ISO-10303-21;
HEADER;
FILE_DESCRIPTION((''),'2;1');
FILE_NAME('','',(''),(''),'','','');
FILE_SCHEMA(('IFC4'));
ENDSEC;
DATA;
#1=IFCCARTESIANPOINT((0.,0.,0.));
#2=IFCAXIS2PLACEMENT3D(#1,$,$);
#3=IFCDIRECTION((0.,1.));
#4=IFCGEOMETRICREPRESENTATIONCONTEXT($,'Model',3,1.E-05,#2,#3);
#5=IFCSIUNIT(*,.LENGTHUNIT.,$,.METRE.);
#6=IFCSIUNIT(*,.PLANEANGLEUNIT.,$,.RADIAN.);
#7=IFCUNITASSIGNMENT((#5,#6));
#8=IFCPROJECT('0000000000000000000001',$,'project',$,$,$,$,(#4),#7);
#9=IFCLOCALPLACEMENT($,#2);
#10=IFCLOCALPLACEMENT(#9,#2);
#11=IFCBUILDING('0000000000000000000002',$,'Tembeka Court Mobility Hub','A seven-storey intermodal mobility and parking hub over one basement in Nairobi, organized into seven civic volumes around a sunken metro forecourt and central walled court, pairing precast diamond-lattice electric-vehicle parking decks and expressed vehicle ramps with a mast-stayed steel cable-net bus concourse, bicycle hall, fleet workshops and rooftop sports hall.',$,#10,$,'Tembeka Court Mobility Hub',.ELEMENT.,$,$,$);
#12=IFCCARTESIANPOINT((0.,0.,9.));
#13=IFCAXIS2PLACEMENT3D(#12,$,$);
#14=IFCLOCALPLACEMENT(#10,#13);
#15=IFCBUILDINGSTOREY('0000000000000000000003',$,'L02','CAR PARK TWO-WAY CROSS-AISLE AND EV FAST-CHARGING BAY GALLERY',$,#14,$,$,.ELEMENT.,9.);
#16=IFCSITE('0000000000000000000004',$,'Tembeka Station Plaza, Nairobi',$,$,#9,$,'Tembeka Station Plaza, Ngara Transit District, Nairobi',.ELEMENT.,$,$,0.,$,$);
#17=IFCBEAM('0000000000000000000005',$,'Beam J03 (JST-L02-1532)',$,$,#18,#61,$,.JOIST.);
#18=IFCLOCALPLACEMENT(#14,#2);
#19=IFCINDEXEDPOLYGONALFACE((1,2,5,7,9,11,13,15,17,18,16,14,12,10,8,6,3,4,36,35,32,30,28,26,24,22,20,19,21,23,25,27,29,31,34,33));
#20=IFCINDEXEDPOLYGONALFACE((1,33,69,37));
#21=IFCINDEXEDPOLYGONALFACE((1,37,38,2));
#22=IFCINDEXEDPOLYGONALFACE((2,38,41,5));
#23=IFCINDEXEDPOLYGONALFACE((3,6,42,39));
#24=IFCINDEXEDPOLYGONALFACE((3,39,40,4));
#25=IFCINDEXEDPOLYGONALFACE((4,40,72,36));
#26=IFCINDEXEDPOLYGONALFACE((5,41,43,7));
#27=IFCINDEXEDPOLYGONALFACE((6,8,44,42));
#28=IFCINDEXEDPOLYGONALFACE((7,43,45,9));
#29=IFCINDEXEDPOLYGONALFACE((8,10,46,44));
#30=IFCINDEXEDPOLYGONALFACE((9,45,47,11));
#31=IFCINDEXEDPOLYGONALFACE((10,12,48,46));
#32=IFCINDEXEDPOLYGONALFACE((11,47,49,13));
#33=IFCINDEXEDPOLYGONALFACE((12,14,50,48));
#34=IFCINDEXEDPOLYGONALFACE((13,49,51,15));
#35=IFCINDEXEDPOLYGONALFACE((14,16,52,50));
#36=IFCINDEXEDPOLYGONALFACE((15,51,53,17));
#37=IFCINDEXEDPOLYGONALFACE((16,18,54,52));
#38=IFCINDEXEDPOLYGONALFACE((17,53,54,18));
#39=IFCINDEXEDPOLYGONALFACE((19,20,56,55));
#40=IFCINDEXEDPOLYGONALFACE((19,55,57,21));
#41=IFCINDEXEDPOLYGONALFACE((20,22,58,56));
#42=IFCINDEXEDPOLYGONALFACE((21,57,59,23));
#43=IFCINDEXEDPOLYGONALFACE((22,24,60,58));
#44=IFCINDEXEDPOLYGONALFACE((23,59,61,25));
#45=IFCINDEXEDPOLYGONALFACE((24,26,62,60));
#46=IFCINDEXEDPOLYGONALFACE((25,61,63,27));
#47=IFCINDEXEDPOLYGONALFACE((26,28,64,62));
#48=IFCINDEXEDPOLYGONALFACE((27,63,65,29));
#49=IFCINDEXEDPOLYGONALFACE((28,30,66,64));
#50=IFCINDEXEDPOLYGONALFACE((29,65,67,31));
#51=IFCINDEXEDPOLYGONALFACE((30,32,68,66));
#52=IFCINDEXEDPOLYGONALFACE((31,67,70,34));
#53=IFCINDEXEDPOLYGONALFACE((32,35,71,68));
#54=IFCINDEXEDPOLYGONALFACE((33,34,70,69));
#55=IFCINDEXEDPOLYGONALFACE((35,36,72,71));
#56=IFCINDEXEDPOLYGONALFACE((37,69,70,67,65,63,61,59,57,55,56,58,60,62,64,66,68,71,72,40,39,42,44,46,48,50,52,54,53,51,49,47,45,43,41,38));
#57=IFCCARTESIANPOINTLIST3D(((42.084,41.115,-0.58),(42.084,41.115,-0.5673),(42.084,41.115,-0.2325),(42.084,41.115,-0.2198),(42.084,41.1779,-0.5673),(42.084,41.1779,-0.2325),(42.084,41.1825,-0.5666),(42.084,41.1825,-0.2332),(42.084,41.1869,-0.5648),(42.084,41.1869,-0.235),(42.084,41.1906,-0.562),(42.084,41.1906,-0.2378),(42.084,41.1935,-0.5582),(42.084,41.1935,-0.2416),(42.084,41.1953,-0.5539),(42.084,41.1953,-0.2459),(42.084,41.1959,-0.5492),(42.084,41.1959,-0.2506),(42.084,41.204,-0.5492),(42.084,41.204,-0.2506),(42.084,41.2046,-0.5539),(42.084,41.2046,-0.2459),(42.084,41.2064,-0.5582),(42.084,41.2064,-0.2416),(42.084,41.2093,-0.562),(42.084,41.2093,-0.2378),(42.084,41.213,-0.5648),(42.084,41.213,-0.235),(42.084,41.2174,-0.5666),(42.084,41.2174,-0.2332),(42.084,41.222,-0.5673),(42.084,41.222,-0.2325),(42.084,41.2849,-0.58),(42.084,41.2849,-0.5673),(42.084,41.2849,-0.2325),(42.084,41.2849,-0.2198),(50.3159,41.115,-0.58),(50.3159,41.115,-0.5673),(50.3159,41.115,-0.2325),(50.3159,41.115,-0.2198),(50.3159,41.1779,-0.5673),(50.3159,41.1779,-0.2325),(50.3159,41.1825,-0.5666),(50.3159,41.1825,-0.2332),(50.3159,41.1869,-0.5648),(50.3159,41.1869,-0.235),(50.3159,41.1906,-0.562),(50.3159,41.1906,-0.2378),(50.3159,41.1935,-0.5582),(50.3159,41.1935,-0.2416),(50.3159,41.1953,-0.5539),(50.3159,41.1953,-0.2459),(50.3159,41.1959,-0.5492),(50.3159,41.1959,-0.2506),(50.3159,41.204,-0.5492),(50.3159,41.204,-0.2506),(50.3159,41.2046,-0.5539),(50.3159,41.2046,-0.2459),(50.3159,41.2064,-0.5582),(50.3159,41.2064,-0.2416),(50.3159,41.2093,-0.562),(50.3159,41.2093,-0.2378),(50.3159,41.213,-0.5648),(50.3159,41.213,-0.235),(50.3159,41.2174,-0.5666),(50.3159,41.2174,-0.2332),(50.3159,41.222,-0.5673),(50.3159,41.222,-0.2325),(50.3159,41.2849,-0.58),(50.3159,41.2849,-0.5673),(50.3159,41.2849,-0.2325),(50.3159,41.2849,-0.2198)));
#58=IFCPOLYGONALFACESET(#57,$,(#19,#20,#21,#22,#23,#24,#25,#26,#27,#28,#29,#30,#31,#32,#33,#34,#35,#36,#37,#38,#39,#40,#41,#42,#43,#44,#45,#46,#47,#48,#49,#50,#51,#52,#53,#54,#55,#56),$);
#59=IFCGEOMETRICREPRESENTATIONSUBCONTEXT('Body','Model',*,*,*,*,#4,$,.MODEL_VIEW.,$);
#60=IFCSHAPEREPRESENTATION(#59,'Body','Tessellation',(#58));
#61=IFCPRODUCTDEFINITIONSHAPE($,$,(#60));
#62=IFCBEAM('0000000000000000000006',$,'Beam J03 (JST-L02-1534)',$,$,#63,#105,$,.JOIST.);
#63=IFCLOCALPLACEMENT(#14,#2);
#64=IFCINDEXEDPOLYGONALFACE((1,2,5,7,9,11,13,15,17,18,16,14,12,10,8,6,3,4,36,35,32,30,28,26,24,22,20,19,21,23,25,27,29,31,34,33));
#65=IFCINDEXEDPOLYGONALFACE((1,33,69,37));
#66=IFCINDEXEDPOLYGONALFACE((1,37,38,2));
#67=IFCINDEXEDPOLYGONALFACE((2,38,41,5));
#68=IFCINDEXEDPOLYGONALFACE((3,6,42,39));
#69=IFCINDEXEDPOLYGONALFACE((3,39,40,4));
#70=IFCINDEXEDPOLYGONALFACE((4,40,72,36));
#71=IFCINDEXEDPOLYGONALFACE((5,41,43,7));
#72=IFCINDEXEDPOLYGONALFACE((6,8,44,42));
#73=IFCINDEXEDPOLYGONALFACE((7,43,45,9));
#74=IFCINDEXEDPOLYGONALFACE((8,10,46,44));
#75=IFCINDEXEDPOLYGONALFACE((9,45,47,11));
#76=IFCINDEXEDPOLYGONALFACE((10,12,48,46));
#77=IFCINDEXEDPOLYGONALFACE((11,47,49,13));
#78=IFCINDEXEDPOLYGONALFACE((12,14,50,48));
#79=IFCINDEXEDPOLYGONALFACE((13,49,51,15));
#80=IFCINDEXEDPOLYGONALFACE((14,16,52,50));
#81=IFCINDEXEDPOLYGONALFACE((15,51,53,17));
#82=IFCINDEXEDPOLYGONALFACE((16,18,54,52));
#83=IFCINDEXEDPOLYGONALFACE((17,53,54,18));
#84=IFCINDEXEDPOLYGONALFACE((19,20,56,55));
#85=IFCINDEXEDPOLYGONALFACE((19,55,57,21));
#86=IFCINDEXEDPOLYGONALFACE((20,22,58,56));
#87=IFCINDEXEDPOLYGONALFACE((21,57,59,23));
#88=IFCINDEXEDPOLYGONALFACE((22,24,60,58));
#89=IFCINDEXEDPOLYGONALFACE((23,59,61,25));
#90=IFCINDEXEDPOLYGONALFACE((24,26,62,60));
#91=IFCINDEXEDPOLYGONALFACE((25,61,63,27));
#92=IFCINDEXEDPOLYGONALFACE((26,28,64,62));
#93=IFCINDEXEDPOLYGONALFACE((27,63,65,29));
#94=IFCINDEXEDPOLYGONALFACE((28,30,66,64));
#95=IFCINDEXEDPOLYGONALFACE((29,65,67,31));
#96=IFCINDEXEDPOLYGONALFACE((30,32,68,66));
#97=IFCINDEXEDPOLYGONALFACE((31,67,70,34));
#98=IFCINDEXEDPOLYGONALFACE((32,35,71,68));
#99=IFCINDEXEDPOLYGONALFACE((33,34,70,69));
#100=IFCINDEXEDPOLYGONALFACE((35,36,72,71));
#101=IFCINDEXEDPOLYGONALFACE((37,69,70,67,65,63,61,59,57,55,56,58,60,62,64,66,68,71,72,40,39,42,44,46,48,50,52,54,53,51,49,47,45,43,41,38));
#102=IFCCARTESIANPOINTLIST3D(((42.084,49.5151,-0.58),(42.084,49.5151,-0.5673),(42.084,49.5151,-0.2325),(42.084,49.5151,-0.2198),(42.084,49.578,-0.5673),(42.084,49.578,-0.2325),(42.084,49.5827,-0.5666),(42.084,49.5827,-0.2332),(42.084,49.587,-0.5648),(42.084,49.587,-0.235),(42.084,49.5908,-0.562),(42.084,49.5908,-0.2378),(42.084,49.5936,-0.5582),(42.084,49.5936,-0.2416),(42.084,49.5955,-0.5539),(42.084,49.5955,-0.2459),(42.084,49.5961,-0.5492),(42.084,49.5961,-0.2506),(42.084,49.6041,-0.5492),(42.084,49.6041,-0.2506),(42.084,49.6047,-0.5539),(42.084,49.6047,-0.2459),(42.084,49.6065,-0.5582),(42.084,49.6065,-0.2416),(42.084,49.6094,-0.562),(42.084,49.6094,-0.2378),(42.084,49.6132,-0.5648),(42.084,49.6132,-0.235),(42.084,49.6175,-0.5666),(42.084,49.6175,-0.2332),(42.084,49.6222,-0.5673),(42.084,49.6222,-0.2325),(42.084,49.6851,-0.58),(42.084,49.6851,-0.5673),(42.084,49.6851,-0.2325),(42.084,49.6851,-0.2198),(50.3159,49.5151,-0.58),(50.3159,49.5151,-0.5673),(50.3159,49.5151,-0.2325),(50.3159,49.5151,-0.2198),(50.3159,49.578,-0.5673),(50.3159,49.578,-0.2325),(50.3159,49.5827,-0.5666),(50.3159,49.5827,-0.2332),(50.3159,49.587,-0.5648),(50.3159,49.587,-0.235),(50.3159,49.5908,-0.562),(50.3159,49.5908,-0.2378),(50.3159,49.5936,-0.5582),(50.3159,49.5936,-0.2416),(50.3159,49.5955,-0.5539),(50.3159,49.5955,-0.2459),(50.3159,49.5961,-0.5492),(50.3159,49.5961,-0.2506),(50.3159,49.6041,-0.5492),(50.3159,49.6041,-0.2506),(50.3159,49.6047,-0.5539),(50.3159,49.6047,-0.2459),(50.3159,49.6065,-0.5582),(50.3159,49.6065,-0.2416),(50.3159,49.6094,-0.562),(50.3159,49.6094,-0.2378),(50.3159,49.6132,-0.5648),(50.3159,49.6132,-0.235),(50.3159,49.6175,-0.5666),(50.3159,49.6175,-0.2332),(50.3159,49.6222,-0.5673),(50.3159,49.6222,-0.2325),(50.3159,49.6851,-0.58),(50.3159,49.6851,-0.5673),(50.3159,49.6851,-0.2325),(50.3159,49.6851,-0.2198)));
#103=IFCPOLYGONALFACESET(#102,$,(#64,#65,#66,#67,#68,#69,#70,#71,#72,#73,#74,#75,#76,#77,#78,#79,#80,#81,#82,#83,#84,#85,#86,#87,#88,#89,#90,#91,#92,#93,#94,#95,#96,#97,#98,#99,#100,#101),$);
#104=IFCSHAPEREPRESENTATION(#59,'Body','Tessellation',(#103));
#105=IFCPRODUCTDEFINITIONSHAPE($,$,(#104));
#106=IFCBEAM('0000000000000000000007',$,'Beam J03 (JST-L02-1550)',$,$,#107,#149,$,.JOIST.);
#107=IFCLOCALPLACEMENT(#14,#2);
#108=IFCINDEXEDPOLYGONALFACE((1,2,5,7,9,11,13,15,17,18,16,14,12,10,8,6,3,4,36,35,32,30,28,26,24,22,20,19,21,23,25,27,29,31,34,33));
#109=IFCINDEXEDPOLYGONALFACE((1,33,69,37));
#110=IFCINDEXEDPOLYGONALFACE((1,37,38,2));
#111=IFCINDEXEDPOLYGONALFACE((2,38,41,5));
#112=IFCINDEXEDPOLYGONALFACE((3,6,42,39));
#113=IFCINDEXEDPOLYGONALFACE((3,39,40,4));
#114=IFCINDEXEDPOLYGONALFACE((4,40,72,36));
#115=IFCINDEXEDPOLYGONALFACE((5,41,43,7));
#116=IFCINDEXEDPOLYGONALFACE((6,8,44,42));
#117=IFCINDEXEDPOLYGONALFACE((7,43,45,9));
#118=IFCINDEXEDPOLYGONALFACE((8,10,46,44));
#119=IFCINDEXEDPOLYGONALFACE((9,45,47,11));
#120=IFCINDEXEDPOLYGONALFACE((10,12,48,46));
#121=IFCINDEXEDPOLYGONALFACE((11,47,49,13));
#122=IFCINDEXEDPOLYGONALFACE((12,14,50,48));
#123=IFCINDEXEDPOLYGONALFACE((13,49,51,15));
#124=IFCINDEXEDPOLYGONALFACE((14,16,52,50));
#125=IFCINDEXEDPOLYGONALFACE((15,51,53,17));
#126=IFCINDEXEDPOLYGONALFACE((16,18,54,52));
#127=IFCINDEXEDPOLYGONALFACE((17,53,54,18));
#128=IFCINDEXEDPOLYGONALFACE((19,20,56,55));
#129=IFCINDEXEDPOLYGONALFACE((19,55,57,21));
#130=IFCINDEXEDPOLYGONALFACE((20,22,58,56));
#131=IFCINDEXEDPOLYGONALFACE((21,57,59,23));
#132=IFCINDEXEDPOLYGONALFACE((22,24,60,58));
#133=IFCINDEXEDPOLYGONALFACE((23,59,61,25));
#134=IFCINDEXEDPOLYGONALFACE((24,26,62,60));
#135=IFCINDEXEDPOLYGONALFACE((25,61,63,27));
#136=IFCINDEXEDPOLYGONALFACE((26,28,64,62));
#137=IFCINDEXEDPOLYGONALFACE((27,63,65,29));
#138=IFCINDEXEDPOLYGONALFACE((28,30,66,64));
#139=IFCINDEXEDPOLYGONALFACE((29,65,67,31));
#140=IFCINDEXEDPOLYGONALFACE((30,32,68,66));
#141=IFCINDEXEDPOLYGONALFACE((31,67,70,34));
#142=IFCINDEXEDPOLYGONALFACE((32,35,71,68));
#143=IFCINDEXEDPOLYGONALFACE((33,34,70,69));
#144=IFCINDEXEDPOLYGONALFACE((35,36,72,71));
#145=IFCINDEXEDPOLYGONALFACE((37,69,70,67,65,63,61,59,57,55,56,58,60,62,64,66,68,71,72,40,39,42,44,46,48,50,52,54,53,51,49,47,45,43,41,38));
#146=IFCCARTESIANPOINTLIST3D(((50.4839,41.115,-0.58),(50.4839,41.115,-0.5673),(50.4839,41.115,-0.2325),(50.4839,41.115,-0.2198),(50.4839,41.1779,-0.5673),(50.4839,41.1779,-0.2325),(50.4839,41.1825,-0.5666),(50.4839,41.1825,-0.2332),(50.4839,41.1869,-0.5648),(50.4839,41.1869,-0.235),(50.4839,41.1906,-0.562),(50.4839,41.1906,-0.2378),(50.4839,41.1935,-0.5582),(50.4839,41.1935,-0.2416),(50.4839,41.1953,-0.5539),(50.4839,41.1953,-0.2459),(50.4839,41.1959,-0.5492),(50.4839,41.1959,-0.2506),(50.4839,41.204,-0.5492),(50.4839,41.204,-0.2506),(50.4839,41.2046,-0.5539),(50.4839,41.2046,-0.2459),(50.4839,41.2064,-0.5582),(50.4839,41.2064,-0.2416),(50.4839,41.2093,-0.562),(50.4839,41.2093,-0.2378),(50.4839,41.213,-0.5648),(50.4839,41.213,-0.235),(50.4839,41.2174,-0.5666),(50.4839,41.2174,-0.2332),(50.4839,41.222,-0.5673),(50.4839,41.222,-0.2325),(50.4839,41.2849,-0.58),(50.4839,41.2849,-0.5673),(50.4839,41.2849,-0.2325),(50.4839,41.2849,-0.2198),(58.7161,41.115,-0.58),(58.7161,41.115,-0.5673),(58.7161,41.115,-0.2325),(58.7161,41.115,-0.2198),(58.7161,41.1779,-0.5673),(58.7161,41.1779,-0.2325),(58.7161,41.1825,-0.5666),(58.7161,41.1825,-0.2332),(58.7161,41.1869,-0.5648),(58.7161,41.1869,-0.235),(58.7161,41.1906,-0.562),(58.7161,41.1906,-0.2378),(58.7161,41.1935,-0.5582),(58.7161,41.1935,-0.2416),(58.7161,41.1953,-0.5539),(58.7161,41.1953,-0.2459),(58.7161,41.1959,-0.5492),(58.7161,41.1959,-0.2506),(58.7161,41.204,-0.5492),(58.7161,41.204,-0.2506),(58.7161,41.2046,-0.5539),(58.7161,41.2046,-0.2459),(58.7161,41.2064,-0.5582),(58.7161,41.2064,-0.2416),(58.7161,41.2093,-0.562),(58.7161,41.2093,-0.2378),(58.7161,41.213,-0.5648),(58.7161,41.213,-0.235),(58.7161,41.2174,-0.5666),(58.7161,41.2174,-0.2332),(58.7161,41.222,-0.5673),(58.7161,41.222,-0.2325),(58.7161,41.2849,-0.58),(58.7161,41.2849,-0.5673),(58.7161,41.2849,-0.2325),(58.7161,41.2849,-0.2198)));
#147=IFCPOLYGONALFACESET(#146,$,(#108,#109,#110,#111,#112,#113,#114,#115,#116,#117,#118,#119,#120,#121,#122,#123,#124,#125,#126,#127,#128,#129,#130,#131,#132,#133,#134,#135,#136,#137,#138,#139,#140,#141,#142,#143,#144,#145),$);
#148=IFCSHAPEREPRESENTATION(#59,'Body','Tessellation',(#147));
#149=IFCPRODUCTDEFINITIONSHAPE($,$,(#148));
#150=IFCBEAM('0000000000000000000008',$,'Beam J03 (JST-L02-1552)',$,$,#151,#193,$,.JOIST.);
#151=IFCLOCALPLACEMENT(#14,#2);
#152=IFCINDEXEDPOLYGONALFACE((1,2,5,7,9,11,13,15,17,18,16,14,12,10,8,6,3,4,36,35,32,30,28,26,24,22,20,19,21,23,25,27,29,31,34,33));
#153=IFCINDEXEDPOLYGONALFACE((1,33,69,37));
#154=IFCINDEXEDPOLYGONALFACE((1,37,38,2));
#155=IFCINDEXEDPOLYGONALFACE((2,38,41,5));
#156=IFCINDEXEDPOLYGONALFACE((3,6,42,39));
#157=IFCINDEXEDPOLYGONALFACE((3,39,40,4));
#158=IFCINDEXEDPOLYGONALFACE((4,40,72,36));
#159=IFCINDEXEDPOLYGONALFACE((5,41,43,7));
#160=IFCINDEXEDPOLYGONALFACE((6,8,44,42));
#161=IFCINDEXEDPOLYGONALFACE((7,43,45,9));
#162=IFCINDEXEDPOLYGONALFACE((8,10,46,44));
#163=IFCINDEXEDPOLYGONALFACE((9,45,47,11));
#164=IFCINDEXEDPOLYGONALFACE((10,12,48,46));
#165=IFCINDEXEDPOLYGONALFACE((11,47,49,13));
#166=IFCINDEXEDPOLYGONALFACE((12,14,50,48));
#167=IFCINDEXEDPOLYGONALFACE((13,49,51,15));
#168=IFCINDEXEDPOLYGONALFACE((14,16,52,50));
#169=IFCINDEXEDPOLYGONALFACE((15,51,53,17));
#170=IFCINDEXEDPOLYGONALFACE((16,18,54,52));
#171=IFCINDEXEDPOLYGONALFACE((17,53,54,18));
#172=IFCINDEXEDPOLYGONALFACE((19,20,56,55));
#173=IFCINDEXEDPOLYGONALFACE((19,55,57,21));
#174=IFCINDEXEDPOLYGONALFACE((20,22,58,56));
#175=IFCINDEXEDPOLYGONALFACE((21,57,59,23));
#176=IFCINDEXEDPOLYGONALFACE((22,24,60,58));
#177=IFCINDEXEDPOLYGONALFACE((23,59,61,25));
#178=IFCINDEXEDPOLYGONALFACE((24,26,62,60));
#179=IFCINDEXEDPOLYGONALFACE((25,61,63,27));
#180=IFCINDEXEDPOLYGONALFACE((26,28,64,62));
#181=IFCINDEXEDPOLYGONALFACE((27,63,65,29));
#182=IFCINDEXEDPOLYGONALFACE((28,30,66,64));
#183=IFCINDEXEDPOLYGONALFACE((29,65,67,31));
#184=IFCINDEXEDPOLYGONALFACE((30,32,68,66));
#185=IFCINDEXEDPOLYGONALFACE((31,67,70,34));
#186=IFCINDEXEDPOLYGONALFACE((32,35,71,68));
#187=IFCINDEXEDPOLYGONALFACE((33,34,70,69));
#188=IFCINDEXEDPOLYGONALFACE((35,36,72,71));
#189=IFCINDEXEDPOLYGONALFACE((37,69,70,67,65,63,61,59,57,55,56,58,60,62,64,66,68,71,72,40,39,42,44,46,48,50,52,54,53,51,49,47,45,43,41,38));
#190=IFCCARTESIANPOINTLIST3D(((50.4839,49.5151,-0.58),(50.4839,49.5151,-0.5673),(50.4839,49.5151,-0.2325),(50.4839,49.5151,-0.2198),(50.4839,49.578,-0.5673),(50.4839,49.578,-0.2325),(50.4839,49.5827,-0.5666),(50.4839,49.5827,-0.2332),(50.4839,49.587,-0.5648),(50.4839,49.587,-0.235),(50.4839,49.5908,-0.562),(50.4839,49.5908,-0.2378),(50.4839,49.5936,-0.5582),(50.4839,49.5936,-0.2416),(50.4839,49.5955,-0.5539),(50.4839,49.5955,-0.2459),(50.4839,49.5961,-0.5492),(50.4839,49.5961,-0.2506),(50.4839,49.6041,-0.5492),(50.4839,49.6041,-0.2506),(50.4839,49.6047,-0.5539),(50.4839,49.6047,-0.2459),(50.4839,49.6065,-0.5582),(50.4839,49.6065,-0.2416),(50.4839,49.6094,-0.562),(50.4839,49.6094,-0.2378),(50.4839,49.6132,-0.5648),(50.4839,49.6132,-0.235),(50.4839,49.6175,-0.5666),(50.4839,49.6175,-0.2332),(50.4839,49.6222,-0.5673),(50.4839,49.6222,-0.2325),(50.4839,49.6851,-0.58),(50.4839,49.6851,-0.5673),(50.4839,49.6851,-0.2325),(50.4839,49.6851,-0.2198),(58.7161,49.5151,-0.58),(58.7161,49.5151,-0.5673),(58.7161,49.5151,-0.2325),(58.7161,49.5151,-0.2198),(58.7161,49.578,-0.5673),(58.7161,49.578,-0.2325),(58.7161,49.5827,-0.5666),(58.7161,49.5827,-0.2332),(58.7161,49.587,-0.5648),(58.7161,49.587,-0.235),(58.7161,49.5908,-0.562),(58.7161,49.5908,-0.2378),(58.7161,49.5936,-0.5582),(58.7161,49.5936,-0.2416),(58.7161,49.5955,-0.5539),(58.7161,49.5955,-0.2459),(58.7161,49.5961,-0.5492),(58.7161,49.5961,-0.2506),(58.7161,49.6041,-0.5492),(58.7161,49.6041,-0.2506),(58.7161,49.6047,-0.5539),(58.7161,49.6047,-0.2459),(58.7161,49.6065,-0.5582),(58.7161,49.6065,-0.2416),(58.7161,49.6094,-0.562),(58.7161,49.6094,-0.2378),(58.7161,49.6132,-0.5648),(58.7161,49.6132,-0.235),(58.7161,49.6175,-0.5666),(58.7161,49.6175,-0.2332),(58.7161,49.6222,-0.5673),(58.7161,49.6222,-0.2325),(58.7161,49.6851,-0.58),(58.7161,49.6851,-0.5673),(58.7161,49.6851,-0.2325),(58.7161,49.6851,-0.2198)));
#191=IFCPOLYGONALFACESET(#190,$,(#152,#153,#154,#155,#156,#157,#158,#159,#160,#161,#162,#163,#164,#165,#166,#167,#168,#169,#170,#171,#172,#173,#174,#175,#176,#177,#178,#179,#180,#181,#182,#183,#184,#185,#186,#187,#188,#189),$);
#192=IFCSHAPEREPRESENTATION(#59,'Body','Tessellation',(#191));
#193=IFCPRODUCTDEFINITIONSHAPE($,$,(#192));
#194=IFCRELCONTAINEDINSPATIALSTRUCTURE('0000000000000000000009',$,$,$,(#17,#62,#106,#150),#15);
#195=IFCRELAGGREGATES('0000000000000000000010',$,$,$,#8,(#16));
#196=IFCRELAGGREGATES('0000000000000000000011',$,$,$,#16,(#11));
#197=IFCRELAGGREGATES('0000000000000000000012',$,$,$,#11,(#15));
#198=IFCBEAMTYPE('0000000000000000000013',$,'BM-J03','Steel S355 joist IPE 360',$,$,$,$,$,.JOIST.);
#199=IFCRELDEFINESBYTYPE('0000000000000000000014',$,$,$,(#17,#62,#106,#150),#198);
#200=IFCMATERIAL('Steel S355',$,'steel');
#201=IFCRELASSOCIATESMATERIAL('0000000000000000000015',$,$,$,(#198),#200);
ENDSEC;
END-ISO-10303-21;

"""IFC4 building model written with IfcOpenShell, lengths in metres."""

from ifc_helpers import new_model, si_unit, direction, frame, origin, origin_2d, place, context, subcontext, project, spatial, i_section, extrude, material, material_profile, profile_set, type_object, element, save


model = new_model("IFC4")

# Units and contexts
model_context = context("Model", 3, precision=1e-05, world=origin(), true_north=direction((0.0, 1.0)))
body_context = subcontext(model_context, "Body", "Model", "MODEL_VIEW")
ifc_project = project(units=[si_unit("LENGTHUNIT", "METRE"), si_unit("PLANEANGLEUNIT", "RADIAN")], contexts=[model_context])

# Site, building, storey
site_placement = place(None, origin())
site = spatial("IfcSite", under=ifc_project, at=site_placement, Name="Tembeka Station Plaza, Nairobi", LongName="Tembeka Station Plaza, Ngara Transit District, Nairobi", CompositionType="ELEMENT", RefElevation=0.0)
building_placement = place(site_placement, origin())
building = spatial("IfcBuilding", under=site, at=building_placement, Name="Tembeka Court Mobility Hub", Description="A seven-storey intermodal mobility and parking hub over one basement in Nairobi, organized into seven civic volumes around a sunken metro forecourt and central walled court, pairing precast diamond-lattice electric-vehicle parking decks and expressed vehicle ramps with a mast-stayed steel cable-net bus concourse, bicycle hall, fleet workshops and rooftop sports hall.", LongName="Tembeka Court Mobility Hub", CompositionType="ELEMENT")
storey_placement = place(building_placement, frame((0.0, 0.0, 9.0)))
storey = spatial("IfcBuildingStorey", under=building, at=storey_placement, Name="L02", Description="CAR PARK TWO-WAY CROSS-AISLE AND EV FAST-CHARGING BAY GALLERY", CompositionType="ELEMENT", Elevation=9.0)

# Shared definitions
ifc_material_1 = material(Name="Steel S355", Category="steel")

# Beams
ifc_material_profile_1 = material_profile(ifc_material_1, i_section(OverallWidth=0.1699, OverallDepth=0.3601, WebThickness=0.0081, FlangeThickness=0.0127, FilletRadius=0.0181, at=origin_2d()), Name="IPE 360")
ifc_profile_set_1 = profile_set([ifc_material_profile_1], Name="Steel S355")
beam_type_1 = type_object("IfcBeamType", Name="BM-J03", Description="Steel S355 joist IPE 360", PredefinedType="JOIST", material=ifc_profile_set_1)
for number, where, z_axis, x_axis, name in (
    (1, (42.084, 41.2, -0.3999), (1.0, 0.0, 0.0), (0.0, 1.0, 0.0), "Beam J03 (JST-L02-1532)"),
    (2, (42.084, 49.6001, -0.3999), (1.0, 0.0, 0.0), (0.0, 1.0, 0.0), "Beam J03 (JST-L02-1534)"),
):
    element("IfcBeam", number, at=place(storey_placement, frame(where, z_axis=z_axis, x_axis=x_axis)), inside=storey, type_object=beam_type_1, Name=name, PredefinedType="JOIST", context=body_context, shape_type="SweptSolid", body=[
        extrude(i_section(OverallWidth=0.1699, OverallDepth=0.3601, WebThickness=0.0081, FlangeThickness=0.0127, FilletRadius=0.0181, at=origin_2d()), origin(), (0.0, 0.0, 1.0), 8.2319),
    ])
for number, where, z_axis, x_axis, name in (
    (3, (50.4839, 41.2, -0.3999), (1.0, 0.0, 0.0), (0.0, 1.0, 0.0), "Beam J03 (JST-L02-1550)"),
    (4, (50.4839, 49.6001, -0.3999), (1.0, 0.0, 0.0), (0.0, 1.0, 0.0), "Beam J03 (JST-L02-1552)"),
):
    element("IfcBeam", number, at=place(storey_placement, frame(where, z_axis=z_axis, x_axis=x_axis)), inside=storey, type_object=beam_type_1, Name=name, PredefinedType="JOIST", context=body_context, shape_type="SweptSolid", body=[
        extrude(i_section(OverallWidth=0.1699, OverallDepth=0.3601, WebThickness=0.0081, FlangeThickness=0.0127, FilletRadius=0.0181, at=origin_2d()), origin(), (0.0, 0.0, 1.0), 8.2322),
    ])

save(model, "model.ifc")
